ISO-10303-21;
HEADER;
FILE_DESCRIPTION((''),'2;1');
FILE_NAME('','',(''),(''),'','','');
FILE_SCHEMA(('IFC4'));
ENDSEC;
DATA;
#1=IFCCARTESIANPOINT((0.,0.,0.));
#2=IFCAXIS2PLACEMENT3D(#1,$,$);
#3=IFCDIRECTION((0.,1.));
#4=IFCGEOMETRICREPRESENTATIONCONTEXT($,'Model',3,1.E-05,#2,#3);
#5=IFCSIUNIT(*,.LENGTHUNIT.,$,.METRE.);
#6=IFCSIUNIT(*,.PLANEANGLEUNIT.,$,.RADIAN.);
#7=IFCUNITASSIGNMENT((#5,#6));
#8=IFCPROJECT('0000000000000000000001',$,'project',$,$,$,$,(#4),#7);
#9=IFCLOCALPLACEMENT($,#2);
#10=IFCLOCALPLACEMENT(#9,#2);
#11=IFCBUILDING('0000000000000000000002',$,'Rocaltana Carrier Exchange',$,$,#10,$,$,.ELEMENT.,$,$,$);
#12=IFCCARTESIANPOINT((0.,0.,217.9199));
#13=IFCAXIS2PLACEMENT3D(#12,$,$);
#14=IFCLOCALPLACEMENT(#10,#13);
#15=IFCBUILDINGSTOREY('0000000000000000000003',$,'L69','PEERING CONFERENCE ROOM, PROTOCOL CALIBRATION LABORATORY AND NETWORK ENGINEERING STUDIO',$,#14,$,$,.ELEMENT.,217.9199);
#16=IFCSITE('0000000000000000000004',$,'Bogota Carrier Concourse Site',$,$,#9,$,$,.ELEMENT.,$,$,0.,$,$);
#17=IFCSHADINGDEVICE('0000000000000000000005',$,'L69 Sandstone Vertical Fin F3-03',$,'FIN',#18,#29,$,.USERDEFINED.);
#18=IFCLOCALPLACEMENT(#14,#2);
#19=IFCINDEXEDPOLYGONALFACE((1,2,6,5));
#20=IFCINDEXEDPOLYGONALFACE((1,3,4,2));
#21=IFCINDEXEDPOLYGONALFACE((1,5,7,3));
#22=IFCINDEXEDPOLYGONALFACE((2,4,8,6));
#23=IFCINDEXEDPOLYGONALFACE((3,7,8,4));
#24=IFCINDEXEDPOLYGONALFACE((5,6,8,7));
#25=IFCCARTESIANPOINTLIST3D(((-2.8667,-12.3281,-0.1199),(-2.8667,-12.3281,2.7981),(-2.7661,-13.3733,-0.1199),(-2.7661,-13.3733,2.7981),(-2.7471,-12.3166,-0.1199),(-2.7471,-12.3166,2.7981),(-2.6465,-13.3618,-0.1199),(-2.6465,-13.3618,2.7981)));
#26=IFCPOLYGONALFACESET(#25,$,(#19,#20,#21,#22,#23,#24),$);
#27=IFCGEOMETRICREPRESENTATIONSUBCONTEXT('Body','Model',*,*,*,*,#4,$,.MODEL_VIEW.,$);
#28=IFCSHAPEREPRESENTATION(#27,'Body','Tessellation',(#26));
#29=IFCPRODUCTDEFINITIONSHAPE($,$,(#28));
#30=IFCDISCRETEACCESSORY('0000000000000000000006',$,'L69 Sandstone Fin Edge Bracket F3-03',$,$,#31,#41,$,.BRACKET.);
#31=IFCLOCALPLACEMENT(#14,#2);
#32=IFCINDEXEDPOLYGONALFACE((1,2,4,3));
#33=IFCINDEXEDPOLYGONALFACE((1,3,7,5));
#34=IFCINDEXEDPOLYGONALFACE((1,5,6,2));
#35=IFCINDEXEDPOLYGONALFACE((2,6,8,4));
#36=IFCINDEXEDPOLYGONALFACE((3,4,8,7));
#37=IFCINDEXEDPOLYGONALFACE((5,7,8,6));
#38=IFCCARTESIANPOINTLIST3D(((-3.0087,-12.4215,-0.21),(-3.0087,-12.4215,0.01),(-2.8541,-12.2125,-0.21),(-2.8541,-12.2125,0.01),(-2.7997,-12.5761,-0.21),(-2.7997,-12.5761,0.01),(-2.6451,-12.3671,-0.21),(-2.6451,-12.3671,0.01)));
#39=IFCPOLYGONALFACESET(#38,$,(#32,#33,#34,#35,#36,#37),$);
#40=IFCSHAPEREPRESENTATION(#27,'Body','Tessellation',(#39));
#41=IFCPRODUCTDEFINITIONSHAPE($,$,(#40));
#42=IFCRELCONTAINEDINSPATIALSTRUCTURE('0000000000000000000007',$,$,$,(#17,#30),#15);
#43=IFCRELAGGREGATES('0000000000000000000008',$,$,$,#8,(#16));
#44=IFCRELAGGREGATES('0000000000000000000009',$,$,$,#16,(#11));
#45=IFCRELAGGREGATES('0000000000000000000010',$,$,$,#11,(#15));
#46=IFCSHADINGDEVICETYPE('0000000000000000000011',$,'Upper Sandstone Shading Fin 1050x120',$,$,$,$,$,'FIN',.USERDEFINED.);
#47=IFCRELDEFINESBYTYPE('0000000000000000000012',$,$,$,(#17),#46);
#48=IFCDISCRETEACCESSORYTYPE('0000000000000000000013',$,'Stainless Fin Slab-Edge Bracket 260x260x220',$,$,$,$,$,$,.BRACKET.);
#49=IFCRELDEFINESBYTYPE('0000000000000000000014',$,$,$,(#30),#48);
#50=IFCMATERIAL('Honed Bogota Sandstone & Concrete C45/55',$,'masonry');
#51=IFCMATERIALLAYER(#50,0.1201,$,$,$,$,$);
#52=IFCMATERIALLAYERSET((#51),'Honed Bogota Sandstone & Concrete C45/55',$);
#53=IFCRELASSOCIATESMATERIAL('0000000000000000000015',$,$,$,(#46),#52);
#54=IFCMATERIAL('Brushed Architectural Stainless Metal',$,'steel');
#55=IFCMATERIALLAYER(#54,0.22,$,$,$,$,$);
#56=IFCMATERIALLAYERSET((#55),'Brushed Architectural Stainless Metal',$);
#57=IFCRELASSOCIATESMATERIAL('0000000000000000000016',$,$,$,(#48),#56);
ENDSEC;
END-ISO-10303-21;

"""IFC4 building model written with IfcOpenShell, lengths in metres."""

from ifc_helpers import new_model, si_unit, direction, frame, origin, origin_2d, place, context, subcontext, project, spatial, rectangle, extrude, material, layer, layer_set, type_object, element, save


model = new_model("IFC4")

# Units and contexts
model_context = context("Model", 3, precision=1e-05, world=origin(), true_north=direction((0.0, 1.0)))
body_context = subcontext(model_context, "Body", "Model", "MODEL_VIEW")
ifc_project = project(units=[si_unit("LENGTHUNIT", "METRE"), si_unit("PLANEANGLEUNIT", "RADIAN")], contexts=[model_context])

# Site, building, storey
site_placement = place(None, origin())
site = spatial("IfcSite", under=ifc_project, at=site_placement, Name="Bogota Carrier Concourse Site", CompositionType="ELEMENT", RefElevation=0.0)
building_placement = place(site_placement, origin())
building = spatial("IfcBuilding", under=site, at=building_placement, Name="Rocaltana Carrier Exchange", CompositionType="ELEMENT")
storey_placement = place(building_placement, frame((0.0, 0.0, 217.9199)))
storey = spatial("IfcBuildingStorey", under=building, at=storey_placement, Name="L69", Description="PEERING CONFERENCE ROOM, PROTOCOL CALIBRATION LABORATORY AND NETWORK ENGINEERING STUDIO", CompositionType="ELEMENT", Elevation=217.9199)

# Shading device
ifc_material_1 = material(Name="Honed Bogota Sandstone & Concrete C45/55", Category="masonry")
ifc_layer_1 = layer(ifc_material_1, 0.1201)
ifc_layer_set_1 = layer_set([ifc_layer_1], Name="Honed Bogota Sandstone & Concrete C45/55")
shading_device_type = type_object("IfcShadingDeviceType", Name="Upper Sandstone Shading Fin 1050x120", ElementType="FIN", PredefinedType="USERDEFINED", material=ifc_layer_set_1)
shading_device_placement = place(storey_placement, frame((-2.7566, -12.845, -0.1199), z_axis=(0.0, 0.0, 1.0), x_axis=(0.095846, -0.995396, 0.0)))
element("IfcShadingDevice", 1, at=shading_device_placement, inside=storey, type_object=shading_device_type, Name="L69 Sandstone Vertical Fin F3-03", ObjectType="FIN", PredefinedType="USERDEFINED", context=body_context, shape_type="SweptSolid", body=[
    extrude(rectangle(XDim=1.05, YDim=0.1201, at=origin_2d()), origin(), (0.0, 0.0, 1.0), 2.918),
])

# Discrete accessory
ifc_material_2 = material(Name="Brushed Architectural Stainless Metal", Category="steel")
ifc_layer_2 = layer(ifc_material_2, 0.22)
ifc_layer_set_2 = layer_set([ifc_layer_2], Name="Brushed Architectural Stainless Metal")
discrete_accessory_type = type_object("IfcDiscreteAccessoryType", Name="Stainless Fin Slab-Edge Bracket 260x260x220", PredefinedType="BRACKET", material=ifc_layer_set_2)
discrete_accessory_placement = place(storey_placement, frame((-2.8269, -12.3943, -0.21), z_axis=(0.0, 0.0, 1.0), x_axis=(0.803857, -0.594823, 0.0)))
element("IfcDiscreteAccessory", 2, at=discrete_accessory_placement, inside=storey, type_object=discrete_accessory_type, Name="L69 Sandstone Fin Edge Bracket F3-03", PredefinedType="BRACKET", context=body_context, shape_type="SweptSolid", body=[
    extrude(rectangle(XDim=0.26, YDim=0.26, at=origin_2d()), origin(), (0.0, 0.0, 1.0), 0.22),
])

save(model, "model.ifc")
